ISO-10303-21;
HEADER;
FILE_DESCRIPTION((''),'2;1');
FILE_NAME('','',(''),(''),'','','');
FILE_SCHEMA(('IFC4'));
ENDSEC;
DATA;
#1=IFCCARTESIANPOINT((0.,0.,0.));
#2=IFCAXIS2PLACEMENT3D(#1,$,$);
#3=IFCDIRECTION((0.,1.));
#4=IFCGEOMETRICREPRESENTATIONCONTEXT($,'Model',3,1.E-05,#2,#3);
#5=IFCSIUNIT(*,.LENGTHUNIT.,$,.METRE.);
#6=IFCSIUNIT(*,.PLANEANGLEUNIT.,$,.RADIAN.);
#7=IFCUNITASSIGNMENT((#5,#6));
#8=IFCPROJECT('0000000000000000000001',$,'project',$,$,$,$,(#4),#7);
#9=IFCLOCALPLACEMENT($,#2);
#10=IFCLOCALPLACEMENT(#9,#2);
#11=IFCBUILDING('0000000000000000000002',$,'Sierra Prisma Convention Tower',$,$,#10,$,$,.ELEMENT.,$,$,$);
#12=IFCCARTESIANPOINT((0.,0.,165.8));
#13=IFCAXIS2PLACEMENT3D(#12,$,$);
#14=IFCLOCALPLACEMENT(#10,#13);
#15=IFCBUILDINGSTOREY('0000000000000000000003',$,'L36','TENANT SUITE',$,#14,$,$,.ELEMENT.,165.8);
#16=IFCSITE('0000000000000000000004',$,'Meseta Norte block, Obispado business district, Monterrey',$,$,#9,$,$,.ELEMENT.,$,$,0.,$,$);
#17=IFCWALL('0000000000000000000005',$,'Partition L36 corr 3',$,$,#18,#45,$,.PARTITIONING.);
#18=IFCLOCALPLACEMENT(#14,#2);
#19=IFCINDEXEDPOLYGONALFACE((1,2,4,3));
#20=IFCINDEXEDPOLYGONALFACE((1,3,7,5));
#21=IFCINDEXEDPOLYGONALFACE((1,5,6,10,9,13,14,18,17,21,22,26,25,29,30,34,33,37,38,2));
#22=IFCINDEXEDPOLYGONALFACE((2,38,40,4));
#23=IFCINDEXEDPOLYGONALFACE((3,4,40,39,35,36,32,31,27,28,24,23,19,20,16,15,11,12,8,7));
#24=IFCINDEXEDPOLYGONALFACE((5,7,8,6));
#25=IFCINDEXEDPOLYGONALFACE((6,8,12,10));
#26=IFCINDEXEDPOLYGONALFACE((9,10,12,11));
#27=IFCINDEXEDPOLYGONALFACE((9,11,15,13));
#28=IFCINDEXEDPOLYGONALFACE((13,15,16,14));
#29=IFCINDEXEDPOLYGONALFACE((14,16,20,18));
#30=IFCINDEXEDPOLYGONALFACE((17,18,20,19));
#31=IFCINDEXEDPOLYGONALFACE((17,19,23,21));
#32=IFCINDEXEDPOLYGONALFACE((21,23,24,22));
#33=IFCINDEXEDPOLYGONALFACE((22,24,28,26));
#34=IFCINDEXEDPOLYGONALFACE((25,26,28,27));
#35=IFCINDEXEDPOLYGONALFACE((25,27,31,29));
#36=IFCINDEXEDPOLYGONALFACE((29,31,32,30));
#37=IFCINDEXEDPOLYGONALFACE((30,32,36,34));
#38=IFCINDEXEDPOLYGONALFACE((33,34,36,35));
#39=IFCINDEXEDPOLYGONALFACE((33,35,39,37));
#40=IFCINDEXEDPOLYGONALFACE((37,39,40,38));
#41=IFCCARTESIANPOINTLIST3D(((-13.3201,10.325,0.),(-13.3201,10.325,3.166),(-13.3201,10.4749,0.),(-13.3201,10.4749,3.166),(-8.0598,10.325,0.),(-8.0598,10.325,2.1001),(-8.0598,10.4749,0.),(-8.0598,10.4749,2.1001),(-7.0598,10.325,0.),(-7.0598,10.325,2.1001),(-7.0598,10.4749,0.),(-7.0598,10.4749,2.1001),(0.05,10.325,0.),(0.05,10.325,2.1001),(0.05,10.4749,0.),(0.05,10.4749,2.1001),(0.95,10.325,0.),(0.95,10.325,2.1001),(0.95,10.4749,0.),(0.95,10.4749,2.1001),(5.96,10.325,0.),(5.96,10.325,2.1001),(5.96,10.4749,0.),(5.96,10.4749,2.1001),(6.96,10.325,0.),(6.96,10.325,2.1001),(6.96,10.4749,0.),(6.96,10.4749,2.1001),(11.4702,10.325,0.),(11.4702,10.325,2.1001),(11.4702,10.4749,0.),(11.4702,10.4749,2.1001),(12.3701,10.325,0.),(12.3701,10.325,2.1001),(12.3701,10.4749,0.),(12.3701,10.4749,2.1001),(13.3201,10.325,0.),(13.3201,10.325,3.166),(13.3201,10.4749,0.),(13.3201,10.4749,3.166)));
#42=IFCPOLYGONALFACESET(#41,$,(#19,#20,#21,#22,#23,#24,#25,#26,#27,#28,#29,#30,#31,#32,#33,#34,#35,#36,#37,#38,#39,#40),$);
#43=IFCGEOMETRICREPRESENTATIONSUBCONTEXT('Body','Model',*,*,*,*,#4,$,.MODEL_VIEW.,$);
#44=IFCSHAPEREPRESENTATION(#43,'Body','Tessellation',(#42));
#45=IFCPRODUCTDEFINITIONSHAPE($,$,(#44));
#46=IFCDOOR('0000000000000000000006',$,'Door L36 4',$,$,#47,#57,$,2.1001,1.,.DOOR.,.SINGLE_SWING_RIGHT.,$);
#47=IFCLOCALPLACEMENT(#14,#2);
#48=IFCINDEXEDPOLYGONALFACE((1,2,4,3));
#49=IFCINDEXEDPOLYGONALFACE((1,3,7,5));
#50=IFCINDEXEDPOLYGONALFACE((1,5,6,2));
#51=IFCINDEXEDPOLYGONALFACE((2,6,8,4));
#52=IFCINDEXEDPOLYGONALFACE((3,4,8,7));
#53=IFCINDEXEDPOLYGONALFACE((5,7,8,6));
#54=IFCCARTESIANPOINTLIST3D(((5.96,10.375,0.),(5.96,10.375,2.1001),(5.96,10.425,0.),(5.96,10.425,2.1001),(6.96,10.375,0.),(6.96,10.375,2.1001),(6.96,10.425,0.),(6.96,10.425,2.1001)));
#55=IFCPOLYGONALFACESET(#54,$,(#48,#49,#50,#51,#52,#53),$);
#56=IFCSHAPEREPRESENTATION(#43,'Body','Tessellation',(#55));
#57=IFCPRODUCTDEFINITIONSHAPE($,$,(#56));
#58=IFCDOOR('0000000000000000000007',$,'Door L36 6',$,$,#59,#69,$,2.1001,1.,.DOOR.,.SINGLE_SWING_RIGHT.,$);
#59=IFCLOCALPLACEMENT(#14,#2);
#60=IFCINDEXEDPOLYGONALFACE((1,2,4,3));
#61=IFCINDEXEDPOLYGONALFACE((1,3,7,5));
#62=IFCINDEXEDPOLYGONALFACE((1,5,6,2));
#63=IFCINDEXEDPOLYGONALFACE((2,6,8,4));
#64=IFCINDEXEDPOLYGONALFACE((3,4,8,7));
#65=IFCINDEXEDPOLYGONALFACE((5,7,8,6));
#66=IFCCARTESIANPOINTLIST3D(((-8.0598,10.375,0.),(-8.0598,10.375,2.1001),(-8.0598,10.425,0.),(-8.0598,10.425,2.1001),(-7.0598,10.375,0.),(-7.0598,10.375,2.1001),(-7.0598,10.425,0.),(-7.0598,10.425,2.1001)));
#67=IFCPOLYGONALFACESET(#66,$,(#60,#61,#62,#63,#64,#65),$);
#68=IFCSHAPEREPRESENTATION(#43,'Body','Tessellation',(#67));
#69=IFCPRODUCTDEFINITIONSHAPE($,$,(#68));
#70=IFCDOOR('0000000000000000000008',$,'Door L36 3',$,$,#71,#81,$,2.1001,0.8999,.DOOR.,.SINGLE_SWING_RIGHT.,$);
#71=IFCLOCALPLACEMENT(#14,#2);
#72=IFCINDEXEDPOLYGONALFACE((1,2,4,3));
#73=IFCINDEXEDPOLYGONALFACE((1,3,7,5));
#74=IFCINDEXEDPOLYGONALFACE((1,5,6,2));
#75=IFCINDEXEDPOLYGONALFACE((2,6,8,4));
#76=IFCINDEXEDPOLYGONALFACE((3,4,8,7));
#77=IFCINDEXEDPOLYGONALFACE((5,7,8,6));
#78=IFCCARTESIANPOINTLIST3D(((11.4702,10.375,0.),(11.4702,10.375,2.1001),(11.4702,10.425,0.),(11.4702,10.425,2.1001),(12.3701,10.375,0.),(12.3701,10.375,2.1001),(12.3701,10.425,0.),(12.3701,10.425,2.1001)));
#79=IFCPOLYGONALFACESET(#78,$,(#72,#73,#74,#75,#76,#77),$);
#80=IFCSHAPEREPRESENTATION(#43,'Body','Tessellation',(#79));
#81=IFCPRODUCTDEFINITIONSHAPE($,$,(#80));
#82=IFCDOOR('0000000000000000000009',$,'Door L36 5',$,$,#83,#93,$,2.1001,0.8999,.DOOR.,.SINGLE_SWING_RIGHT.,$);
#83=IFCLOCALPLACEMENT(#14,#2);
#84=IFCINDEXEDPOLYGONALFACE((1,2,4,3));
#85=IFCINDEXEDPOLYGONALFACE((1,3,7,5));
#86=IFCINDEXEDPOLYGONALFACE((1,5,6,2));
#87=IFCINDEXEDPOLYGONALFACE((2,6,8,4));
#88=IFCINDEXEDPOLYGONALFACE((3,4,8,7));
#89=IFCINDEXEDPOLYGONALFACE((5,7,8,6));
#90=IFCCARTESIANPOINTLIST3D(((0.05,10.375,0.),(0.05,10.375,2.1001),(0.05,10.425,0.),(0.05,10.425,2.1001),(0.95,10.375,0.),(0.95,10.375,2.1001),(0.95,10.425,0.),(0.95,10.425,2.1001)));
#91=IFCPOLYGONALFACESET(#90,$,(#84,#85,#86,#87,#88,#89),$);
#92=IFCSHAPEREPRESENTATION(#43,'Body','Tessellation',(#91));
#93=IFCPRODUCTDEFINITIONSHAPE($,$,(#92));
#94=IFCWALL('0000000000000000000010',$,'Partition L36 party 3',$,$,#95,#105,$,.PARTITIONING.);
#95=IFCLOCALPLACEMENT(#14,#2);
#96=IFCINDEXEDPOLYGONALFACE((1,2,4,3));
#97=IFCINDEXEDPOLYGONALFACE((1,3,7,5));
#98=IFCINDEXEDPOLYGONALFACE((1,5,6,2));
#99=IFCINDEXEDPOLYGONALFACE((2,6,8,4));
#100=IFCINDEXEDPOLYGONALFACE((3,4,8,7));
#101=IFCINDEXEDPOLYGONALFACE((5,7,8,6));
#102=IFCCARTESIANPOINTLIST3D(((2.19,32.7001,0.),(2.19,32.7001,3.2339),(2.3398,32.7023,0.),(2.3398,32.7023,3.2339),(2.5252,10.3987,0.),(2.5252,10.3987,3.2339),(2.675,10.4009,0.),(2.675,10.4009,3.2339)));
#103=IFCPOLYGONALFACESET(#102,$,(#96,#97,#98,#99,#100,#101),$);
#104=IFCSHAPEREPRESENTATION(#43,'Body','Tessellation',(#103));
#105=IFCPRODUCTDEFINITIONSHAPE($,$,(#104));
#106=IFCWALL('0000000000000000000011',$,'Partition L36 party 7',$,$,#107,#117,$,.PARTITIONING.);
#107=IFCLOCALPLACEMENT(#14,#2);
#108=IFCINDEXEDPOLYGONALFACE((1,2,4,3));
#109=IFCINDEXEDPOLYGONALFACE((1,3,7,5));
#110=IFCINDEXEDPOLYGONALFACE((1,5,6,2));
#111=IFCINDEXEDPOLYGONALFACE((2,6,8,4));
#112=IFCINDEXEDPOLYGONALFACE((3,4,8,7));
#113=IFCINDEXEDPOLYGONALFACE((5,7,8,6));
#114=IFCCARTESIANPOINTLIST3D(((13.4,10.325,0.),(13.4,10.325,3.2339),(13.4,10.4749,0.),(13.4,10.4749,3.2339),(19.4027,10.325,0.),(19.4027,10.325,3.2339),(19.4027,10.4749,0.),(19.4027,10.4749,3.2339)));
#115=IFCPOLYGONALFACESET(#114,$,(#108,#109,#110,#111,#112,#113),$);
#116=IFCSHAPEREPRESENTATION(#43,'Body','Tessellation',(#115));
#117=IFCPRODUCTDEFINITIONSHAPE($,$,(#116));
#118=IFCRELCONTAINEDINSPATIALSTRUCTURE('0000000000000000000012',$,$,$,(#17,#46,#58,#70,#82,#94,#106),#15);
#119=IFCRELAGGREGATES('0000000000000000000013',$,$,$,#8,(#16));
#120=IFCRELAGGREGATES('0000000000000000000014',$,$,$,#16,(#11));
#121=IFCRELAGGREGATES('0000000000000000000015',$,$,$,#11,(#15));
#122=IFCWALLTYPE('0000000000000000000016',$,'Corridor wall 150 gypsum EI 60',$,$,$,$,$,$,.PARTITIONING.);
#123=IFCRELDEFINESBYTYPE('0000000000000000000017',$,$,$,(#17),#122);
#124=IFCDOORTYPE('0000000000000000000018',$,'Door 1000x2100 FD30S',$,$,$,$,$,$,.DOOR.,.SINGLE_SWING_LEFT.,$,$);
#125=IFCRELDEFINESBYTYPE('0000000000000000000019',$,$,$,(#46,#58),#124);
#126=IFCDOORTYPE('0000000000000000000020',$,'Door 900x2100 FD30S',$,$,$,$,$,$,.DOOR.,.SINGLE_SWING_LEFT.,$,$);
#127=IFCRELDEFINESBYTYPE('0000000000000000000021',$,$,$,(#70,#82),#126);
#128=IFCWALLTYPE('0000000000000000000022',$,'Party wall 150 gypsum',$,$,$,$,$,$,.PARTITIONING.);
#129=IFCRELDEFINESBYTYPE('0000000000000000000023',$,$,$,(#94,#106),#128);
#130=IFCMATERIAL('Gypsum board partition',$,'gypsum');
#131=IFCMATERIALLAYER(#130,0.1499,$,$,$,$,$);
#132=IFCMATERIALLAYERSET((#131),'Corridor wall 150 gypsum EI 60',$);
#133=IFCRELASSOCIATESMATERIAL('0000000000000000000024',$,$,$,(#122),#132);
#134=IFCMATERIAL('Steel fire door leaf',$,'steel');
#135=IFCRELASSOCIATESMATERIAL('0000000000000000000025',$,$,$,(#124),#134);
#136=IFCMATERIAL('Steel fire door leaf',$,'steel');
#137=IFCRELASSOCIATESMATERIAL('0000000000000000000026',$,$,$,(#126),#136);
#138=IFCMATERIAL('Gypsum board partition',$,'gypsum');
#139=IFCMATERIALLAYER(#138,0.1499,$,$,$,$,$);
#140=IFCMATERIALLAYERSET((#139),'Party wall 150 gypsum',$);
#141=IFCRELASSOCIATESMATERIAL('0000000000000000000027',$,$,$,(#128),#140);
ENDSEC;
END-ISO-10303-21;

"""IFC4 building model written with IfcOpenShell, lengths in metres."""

from ifc_helpers import new_model, si_unit, direction, frame, frame_2d, origin, place, context, subcontext, project, spatial, rectangle, extrude, material, layer, layer_set, type_object, element, fill, save


model = new_model("IFC4")

# Units and contexts
model_context = context("Model", 3, precision=1e-05, world=origin(), true_north=direction((0.0, 1.0)))
body_context = subcontext(model_context, "Body", "Model", "MODEL_VIEW")
ifc_project = project(units=[si_unit("LENGTHUNIT", "METRE"), si_unit("PLANEANGLEUNIT", "RADIAN")], contexts=[model_context])

# Site, building, storey
site_placement = place(None, origin())
site = spatial("IfcSite", under=ifc_project, at=site_placement, Name="Meseta Norte block, Obispado business district, Monterrey", CompositionType="ELEMENT", RefElevation=0.0)
building_placement = place(site_placement, origin())
building = spatial("IfcBuilding", under=site, at=building_placement, Name="Sierra Prisma Convention Tower", CompositionType="ELEMENT")
storey_placement = place(building_placement, frame((0.0, 0.0, 165.8)))
storey = spatial("IfcBuildingStorey", under=building, at=storey_placement, Name="L36", Description="TENANT SUITE", CompositionType="ELEMENT", Elevation=165.8)

# Wall, openings, doors
ifc_material_1 = material(Name="Gypsum board partition", Category="gypsum")
ifc_layer_1 = layer(ifc_material_1, 0.1499)
ifc_layer_set_1 = layer_set([ifc_layer_1], Name="Corridor wall 150 gypsum EI 60")
wall_type_1 = type_object("IfcWallType", Name="Corridor wall 150 gypsum EI 60", PredefinedType="PARTITIONING", material=ifc_layer_set_1)
wall_1_placement = place(storey_placement, frame((13.3201, 10.3999, 0.0), z_axis=(0.0, 0.0, 1.0), x_axis=(-1.0, 0.0, 0.0)))
wall_1 = element("IfcWall", 1, at=wall_1_placement, inside=storey, type_object=wall_type_1, Name="Partition L36 corr 3", PredefinedType="PARTITIONING", context=body_context, shape_type="SweptSolid", body=[
    extrude(rectangle(XDim=26.6401, YDim=0.1499, at=frame_2d((13.3201, 0.0))), origin(), (0.0, 0.0, 1.0), 3.166),
])
opening_1_placement = place(wall_1_placement, frame((0.95, 0.0, 0.0)))
opening_1 = element("IfcOpeningElement", 2, at=opening_1_placement, cuts=wall_1, PredefinedType="OPENING", context=body_context, shape_type="SweptSolid", body=[
    extrude(rectangle(XDim=0.8999, YDim=2.1001, at=frame_2d((0.45, 1.05))), frame((0.0, 0.075, 0.0), z_axis=(0.0, -1.0, 0.0), x_axis=(1.0, 0.0, 0.0)), (0.0, 0.0, 1.0), 0.1499),
])
opening_2_placement = place(wall_1_placement, frame((6.3601, 0.0, 0.0)))
opening_2 = element("IfcOpeningElement", 3, at=opening_2_placement, cuts=wall_1, PredefinedType="OPENING", context=body_context, shape_type="SweptSolid", body=[
    extrude(rectangle(XDim=1.0, YDim=2.1001, at=frame_2d((0.5, 1.05))), frame((0.0, 0.075, 0.0), z_axis=(0.0, -1.0, 0.0), x_axis=(1.0, 0.0, 0.0)), (0.0, 0.0, 1.0), 0.1499),
])
opening_3_placement = place(wall_1_placement, frame((12.3701, 0.0, 0.0)))
opening_3 = element("IfcOpeningElement", 4, at=opening_3_placement, cuts=wall_1, PredefinedType="OPENING", context=body_context, shape_type="SweptSolid", body=[
    extrude(rectangle(XDim=0.8999, YDim=2.1001, at=frame_2d((0.45, 1.05))), frame((0.0, 0.075, 0.0), z_axis=(0.0, -1.0, 0.0), x_axis=(1.0, 0.0, 0.0)), (0.0, 0.0, 1.0), 0.1499),
])
opening_4_placement = place(wall_1_placement, frame((20.3799, 0.0, 0.0)))
opening_4 = element("IfcOpeningElement", 5, at=opening_4_placement, cuts=wall_1, PredefinedType="OPENING", context=body_context, shape_type="SweptSolid", body=[
    extrude(rectangle(XDim=1.0, YDim=2.1001, at=frame_2d((0.5, 1.05))), frame((0.0, 0.075, 0.0), z_axis=(0.0, -1.0, 0.0), x_axis=(1.0, 0.0, 0.0)), (0.0, 0.0, 1.0), 0.1499),
])
ifc_material_2 = material(Name="Steel fire door leaf", Category="steel")
door_type_1 = type_object("IfcDoorType", Name="Door 1000x2100 FD30S", OperationType="SINGLE_SWING_LEFT", PredefinedType="DOOR", material=ifc_material_2)
door_1_placement = place(opening_2_placement, origin())
door_1 = element("IfcDoor", 6, at=door_1_placement, inside=storey, type_object=door_type_1, Name="Door L36 4", OperationType="SINGLE_SWING_RIGHT", OverallHeight=2.1001, OverallWidth=1.0, PredefinedType="DOOR", context=body_context, shape_type="SweptSolid", body=[
    extrude(rectangle(XDim=1.0, YDim=2.1001, at=frame_2d((0.5, 1.05))), frame((0.0, 0.0249, 0.0), z_axis=(0.0, -1.0, 0.0), x_axis=(1.0, 0.0, 0.0)), (0.0, 0.0, 1.0), 0.05),
])
fill(opening_2, door_1)
door_2_placement = place(opening_4_placement, origin())
door_2 = element("IfcDoor", 7, at=door_2_placement, inside=storey, type_object=door_type_1, Name="Door L36 6", OperationType="SINGLE_SWING_RIGHT", OverallHeight=2.1001, OverallWidth=1.0, PredefinedType="DOOR", context=body_context, shape_type="SweptSolid", body=[
    extrude(rectangle(XDim=1.0, YDim=2.1001, at=frame_2d((0.5, 1.05))), frame((0.0, 0.0249, 0.0), z_axis=(0.0, -1.0, 0.0), x_axis=(1.0, 0.0, 0.0)), (0.0, 0.0, 1.0), 0.05),
])
fill(opening_4, door_2)
ifc_material_3 = material(Name="Steel fire door leaf", Category="steel")
door_type_2 = type_object("IfcDoorType", Name="Door 900x2100 FD30S", OperationType="SINGLE_SWING_LEFT", PredefinedType="DOOR", material=ifc_material_3)
door_3_placement = place(opening_1_placement, origin())
door_3 = element("IfcDoor", 8, at=door_3_placement, inside=storey, type_object=door_type_2, Name="Door L36 3", OperationType="SINGLE_SWING_RIGHT", OverallHeight=2.1001, OverallWidth=0.8999, PredefinedType="DOOR", context=body_context, shape_type="SweptSolid", body=[
    extrude(rectangle(XDim=0.8999, YDim=2.1001, at=frame_2d((0.45, 1.05))), frame((0.0, 0.0249, 0.0), z_axis=(0.0, -1.0, 0.0), x_axis=(1.0, 0.0, 0.0)), (0.0, 0.0, 1.0), 0.05),
])
fill(opening_1, door_3)
door_4_placement = place(opening_3_placement, origin())
door_4 = element("IfcDoor", 9, at=door_4_placement, inside=storey, type_object=door_type_2, Name="Door L36 5", OperationType="SINGLE_SWING_RIGHT", OverallHeight=2.1001, OverallWidth=0.8999, PredefinedType="DOOR", context=body_context, shape_type="SweptSolid", body=[
    extrude(rectangle(XDim=0.8999, YDim=2.1001, at=frame_2d((0.45, 1.05))), frame((0.0, 0.0249, 0.0), z_axis=(0.0, -1.0, 0.0), x_axis=(1.0, 0.0, 0.0)), (0.0, 0.0, 1.0), 0.05),
])
fill(opening_3, door_4)

# Walls
ifc_material_4 = material(Name="Gypsum board partition", Category="gypsum")
ifc_layer_2 = layer(ifc_material_4, 0.1499)
ifc_layer_set_2 = layer_set([ifc_layer_2], Name="Party wall 150 gypsum")
wall_type_2 = type_object("IfcWallType", Name="Party wall 150 gypsum", PredefinedType="PARTITIONING", material=ifc_layer_set_2)
wall_2_placement = place(storey_placement, frame((2.6001, 10.3999, 0.0), z_axis=(0.0, 0.0, 1.0), x_axis=(-0.015029, 0.999887, 0.0)))
element("IfcWall", 10, at=wall_2_placement, inside=storey, type_object=wall_type_2, Name="Partition L36 party 3", PredefinedType="PARTITIONING", context=body_context, shape_type="SweptSolid", body=[
    extrude(rectangle(XDim=22.304, YDim=0.1499, at=frame_2d((11.1519, 0.0))), origin(), (0.0, 0.0, 1.0), 3.2339),
])
wall_3_placement = place(storey_placement, frame((13.3999, 10.3999, 0.0), z_axis=(0.0, 0.0, 1.0), x_axis=(1.0, 0.0, 0.0)))
element("IfcWall", 11, at=wall_3_placement, inside=storey, type_object=wall_type_2, Name="Partition L36 party 7", PredefinedType="PARTITIONING", context=body_context, shape_type="SweptSolid", body=[
    extrude(rectangle(XDim=6.0027, YDim=0.1499, at=frame_2d((3.0015, 0.0))), origin(), (0.0, 0.0, 1.0), 3.2339),
])

save(model, "model.ifc")
